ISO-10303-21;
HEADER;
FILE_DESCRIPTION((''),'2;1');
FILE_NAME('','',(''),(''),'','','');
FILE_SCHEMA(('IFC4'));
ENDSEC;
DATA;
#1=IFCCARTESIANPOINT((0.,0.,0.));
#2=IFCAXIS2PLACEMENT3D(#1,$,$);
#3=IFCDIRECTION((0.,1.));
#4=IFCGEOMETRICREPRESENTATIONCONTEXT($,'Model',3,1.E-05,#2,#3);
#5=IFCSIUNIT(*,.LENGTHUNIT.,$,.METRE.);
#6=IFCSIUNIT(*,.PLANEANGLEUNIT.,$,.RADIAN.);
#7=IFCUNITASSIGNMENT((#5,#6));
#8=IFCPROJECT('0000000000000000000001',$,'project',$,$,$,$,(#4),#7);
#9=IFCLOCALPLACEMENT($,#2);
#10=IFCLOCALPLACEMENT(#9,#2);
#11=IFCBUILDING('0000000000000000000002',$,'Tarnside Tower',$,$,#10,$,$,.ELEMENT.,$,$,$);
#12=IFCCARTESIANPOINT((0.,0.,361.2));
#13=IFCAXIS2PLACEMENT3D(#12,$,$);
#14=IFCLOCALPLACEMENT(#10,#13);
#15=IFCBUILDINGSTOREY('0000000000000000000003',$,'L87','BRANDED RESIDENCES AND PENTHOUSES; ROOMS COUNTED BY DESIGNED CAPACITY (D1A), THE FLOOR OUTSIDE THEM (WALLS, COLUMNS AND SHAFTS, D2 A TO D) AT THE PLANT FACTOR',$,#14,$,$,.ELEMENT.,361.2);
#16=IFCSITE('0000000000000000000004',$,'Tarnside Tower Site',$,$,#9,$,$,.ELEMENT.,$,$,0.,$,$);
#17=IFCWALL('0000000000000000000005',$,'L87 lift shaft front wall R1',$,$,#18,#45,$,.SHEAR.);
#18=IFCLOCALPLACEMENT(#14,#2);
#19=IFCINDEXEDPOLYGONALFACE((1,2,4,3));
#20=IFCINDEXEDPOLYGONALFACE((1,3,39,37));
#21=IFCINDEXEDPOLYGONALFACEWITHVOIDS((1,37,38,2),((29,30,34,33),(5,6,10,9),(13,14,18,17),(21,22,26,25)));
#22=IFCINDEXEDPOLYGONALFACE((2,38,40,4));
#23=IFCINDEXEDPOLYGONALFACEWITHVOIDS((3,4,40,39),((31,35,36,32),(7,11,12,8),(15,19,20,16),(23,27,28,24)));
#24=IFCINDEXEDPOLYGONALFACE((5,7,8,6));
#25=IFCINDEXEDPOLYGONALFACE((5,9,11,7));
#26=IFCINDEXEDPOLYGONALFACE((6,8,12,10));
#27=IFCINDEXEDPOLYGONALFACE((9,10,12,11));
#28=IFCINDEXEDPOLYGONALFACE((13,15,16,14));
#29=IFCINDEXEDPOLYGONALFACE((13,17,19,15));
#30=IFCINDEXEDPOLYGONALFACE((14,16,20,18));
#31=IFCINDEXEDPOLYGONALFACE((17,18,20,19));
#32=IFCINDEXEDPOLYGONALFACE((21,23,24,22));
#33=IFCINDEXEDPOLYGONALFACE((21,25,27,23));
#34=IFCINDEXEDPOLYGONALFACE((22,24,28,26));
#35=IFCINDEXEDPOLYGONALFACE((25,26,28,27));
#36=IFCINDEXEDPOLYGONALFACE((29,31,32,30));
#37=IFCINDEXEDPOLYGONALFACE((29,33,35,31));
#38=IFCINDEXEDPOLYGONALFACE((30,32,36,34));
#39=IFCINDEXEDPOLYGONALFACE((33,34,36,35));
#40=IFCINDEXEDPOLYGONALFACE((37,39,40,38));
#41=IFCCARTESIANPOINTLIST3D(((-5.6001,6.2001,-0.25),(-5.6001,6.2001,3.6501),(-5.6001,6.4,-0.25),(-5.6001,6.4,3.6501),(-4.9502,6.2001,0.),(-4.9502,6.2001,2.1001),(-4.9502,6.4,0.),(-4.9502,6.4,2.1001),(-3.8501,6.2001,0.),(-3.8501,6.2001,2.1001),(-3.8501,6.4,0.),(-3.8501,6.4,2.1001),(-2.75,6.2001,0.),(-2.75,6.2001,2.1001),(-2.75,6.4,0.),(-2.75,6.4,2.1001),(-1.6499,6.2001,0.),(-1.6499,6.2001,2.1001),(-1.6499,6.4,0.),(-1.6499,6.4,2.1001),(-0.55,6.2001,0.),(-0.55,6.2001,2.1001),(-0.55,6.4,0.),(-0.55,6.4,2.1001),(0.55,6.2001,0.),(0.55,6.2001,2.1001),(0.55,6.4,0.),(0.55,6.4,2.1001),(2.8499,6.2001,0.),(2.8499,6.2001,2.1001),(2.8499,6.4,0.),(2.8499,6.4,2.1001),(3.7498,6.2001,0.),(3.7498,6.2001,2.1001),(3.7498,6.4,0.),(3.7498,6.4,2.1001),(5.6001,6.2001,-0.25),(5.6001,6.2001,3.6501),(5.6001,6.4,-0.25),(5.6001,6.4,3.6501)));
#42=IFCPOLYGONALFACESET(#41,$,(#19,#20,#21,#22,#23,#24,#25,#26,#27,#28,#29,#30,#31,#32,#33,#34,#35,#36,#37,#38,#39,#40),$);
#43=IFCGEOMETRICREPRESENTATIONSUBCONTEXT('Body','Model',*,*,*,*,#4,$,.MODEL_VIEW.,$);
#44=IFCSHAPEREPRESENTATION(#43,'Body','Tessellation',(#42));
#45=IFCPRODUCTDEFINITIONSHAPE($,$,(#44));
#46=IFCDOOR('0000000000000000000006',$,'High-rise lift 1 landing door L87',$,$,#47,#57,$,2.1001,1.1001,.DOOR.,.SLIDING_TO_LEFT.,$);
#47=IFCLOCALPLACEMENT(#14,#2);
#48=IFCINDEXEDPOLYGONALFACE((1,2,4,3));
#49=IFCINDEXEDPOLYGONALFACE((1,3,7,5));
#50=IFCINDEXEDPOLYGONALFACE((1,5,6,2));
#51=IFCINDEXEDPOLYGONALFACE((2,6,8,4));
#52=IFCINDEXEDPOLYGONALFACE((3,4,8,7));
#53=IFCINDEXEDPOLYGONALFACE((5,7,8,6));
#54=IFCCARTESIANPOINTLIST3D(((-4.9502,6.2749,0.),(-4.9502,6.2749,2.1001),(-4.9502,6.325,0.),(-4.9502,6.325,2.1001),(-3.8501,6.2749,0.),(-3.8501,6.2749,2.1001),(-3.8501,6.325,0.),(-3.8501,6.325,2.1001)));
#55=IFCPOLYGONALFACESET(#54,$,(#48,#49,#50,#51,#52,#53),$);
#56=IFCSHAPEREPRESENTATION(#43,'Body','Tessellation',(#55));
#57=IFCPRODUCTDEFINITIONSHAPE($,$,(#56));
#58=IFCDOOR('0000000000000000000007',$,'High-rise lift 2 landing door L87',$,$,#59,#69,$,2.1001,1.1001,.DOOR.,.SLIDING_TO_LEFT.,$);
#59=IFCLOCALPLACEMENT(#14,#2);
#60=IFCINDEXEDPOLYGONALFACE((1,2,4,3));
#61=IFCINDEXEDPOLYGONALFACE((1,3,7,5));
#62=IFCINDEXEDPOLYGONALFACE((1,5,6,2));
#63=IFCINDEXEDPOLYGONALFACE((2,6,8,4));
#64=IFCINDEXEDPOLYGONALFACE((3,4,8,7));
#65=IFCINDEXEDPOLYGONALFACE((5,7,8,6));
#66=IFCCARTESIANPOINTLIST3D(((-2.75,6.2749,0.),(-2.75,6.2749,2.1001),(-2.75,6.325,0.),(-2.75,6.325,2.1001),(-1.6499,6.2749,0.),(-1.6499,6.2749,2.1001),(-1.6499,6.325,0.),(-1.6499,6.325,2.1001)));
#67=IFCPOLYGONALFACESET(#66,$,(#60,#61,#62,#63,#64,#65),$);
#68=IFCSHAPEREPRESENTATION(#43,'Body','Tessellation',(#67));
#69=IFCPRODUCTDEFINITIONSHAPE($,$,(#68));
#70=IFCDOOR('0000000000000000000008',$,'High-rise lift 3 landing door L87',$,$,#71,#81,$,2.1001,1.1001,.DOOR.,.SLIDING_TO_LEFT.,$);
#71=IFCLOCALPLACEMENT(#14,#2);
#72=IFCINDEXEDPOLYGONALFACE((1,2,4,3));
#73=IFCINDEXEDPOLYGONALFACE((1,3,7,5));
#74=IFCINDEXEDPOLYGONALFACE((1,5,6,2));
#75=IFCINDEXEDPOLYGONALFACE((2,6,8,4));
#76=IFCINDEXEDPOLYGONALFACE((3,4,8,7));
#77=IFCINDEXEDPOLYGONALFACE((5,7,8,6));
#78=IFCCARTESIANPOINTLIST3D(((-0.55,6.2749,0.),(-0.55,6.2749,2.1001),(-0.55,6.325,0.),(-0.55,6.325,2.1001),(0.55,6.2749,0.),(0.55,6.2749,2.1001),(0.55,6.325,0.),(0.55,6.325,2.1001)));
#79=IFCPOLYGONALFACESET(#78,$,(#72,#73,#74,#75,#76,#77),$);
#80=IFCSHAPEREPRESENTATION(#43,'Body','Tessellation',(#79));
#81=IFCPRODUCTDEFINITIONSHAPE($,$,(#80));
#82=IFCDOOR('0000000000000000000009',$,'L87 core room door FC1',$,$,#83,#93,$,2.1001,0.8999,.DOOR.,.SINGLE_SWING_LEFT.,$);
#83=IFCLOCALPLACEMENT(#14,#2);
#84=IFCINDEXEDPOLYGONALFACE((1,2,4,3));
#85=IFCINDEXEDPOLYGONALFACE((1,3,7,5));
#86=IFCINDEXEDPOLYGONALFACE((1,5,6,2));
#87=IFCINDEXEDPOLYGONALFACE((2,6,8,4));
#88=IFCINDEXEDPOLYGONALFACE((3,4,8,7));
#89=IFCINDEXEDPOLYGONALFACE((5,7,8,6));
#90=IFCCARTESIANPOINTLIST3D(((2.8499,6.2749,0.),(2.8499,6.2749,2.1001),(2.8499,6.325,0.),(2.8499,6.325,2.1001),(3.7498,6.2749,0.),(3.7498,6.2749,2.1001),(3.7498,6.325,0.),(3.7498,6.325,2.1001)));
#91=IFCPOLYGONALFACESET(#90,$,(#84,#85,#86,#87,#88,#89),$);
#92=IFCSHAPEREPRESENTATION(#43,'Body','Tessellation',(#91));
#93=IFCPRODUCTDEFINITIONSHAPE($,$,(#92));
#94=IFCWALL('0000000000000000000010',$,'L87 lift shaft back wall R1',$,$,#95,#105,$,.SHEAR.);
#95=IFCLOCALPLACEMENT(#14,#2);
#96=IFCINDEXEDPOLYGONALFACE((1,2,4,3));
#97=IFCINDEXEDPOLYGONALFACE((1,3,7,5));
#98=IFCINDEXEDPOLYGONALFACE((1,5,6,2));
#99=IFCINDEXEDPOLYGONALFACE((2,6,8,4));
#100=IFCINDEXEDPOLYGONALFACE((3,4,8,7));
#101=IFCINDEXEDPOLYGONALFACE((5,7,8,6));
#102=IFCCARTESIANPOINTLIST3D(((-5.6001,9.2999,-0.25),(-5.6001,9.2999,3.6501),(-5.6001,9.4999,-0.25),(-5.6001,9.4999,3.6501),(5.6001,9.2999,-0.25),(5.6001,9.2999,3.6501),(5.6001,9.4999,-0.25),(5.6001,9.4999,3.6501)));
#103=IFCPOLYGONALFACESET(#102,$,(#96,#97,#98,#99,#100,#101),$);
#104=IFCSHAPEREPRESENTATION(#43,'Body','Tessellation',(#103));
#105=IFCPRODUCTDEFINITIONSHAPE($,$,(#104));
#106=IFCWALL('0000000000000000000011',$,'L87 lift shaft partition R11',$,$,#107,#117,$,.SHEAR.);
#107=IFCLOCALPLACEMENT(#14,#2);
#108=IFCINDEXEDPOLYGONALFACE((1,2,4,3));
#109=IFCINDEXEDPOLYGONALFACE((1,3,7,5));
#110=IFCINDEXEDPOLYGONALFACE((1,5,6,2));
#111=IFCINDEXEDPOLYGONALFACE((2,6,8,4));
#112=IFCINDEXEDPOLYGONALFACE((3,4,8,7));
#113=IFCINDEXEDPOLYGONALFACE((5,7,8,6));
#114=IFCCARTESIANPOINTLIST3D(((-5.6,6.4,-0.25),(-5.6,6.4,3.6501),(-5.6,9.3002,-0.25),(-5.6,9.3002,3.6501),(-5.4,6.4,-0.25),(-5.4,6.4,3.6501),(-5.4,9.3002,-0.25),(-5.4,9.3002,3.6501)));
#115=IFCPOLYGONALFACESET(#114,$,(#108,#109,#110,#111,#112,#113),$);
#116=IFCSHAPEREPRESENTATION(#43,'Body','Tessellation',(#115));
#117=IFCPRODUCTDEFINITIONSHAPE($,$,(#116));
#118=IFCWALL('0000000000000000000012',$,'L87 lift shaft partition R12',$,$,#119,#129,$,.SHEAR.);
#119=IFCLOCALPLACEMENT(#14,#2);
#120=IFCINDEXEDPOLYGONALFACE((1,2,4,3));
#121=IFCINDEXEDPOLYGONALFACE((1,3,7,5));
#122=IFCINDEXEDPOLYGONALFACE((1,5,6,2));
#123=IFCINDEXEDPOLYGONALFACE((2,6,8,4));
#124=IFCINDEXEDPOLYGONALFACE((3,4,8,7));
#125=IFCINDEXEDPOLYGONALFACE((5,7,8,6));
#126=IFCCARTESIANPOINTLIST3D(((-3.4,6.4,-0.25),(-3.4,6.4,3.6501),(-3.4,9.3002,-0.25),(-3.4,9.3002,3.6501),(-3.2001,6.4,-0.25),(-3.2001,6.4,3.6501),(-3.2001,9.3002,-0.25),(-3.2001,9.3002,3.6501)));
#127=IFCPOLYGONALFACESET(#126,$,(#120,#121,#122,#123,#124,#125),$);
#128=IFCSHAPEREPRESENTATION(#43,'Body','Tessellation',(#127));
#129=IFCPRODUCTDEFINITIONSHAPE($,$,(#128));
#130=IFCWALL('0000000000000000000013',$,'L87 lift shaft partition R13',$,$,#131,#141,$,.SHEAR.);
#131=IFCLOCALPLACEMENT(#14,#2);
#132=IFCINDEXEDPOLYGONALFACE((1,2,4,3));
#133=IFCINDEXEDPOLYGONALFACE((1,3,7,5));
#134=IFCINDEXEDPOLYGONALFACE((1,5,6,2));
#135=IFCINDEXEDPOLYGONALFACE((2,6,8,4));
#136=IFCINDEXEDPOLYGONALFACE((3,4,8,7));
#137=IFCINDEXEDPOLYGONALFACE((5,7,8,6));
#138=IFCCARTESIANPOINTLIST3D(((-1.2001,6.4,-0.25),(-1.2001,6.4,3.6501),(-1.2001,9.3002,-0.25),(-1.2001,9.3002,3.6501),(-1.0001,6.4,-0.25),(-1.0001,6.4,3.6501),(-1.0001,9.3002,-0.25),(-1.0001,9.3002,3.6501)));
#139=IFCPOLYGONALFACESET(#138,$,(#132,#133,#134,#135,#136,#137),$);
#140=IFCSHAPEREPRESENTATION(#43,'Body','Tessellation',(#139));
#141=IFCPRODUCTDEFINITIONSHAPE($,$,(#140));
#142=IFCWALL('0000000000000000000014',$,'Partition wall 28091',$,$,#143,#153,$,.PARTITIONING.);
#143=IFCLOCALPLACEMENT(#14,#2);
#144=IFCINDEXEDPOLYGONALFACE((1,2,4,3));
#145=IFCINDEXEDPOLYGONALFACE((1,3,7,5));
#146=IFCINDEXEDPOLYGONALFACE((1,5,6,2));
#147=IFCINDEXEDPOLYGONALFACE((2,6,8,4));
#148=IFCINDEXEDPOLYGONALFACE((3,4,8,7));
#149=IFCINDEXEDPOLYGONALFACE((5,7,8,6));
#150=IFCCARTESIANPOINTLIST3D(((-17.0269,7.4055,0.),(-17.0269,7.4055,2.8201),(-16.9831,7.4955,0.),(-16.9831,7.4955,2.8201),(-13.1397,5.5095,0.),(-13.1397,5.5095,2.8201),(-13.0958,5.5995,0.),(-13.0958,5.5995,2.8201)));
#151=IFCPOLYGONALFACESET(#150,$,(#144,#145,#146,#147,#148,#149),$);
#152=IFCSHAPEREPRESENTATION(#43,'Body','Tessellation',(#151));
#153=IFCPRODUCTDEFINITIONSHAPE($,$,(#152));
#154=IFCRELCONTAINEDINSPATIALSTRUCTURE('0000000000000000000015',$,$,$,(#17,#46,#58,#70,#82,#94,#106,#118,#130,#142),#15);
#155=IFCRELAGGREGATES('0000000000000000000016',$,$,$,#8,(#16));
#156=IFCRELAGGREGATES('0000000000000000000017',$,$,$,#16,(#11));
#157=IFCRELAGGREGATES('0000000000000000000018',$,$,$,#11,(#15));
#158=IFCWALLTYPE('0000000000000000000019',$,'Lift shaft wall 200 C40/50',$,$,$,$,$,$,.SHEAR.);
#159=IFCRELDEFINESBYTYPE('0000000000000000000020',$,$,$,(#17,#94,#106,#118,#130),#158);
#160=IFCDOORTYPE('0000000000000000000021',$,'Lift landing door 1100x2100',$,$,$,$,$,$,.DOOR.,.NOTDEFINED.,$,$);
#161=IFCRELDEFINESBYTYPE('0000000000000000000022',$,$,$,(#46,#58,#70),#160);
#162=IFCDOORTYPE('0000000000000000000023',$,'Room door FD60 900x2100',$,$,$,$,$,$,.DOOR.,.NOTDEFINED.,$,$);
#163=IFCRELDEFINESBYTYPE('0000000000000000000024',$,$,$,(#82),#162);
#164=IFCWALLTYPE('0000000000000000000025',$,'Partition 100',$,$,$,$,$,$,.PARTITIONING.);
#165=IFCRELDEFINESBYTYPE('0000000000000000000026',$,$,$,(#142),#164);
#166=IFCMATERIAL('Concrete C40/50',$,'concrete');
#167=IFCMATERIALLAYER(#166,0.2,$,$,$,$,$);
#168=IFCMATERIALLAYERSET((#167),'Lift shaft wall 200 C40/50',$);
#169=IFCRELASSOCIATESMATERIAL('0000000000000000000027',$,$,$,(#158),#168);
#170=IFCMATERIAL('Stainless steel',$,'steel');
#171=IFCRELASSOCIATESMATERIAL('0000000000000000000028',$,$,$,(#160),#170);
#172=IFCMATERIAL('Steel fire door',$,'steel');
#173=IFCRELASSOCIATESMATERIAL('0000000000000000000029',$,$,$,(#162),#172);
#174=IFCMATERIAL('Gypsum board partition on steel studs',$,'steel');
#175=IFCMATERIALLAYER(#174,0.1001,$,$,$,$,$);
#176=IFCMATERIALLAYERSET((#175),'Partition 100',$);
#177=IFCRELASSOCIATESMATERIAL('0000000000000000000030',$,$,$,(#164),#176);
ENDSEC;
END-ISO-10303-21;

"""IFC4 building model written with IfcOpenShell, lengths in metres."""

from ifc_helpers import new_model, si_unit, direction, frame, frame_2d, origin, place, context, subcontext, project, spatial, rectangle, extrude, material, layer, layer_set, type_object, element, fill, save


model = new_model("IFC4")

# Units and contexts
model_context = context("Model", 3, precision=1e-05, world=origin(), true_north=direction((0.0, 1.0)))
body_context = subcontext(model_context, "Body", "Model", "MODEL_VIEW")
ifc_project = project(units=[si_unit("LENGTHUNIT", "METRE"), si_unit("PLANEANGLEUNIT", "RADIAN")], contexts=[model_context])

# Site, building, storey
site_placement = place(None, origin())
site = spatial("IfcSite", under=ifc_project, at=site_placement, Name="Tarnside Tower Site", CompositionType="ELEMENT", RefElevation=0.0)
building_placement = place(site_placement, origin())
building = spatial("IfcBuilding", under=site, at=building_placement, Name="Tarnside Tower", CompositionType="ELEMENT")
storey_placement = place(building_placement, frame((0.0, 0.0, 361.2)))
storey = spatial("IfcBuildingStorey", under=building, at=storey_placement, Name="L87", Description="BRANDED RESIDENCES AND PENTHOUSES; ROOMS COUNTED BY DESIGNED CAPACITY (D1A), THE FLOOR OUTSIDE THEM (WALLS, COLUMNS AND SHAFTS, D2 A TO D) AT THE PLANT FACTOR", CompositionType="ELEMENT", Elevation=361.2)

# Shared definitions
ifc_material_1 = material(Name="Gypsum board partition on steel studs", Category="steel")
ifc_material_2 = material(Name="Steel fire door", Category="steel")

# Wall, openings, doors
ifc_material_3 = material(Name="Concrete C40/50", Category="concrete")
ifc_layer_1 = layer(ifc_material_3, 0.2)
ifc_layer_set_1 = layer_set([ifc_layer_1], Name="Lift shaft wall 200 C40/50")
wall_type_1 = type_object("IfcWallType", Name="Lift shaft wall 200 C40/50", PredefinedType="SHEAR", material=ifc_layer_set_1)
wall_1_placement = place(storey_placement, frame((-5.6001, 6.3, -0.25), z_axis=(0.0, 0.0, 1.0), x_axis=(1.0, 0.0, 0.0)))
wall_1 = element("IfcWall", 1, at=wall_1_placement, inside=storey, type_object=wall_type_1, Name="L87 lift shaft front wall R1", PredefinedType="SHEAR", context=body_context, shape_type="SweptSolid", body=[
    extrude(rectangle(XDim=11.2002, YDim=0.2, at=frame_2d((5.6001, 0.0))), origin(), (0.0, 0.0, 1.0), 3.9001),
])
opening_1_placement = place(wall_1_placement, frame((8.45, 0.0, 0.25)))
opening_1 = element("IfcOpeningElement", 2, at=opening_1_placement, cuts=wall_1, PredefinedType="OPENING", context=body_context, shape_type="SweptSolid", body=[
    extrude(rectangle(XDim=0.8999, YDim=2.1001, at=frame_2d((0.45, 1.05))), frame((0.0, 0.1099, 0.0), z_axis=(0.0, -1.0, 0.0), x_axis=(1.0, 0.0, 0.0)), (0.0, 0.0, 1.0), 0.22),
])
opening_2_placement = place(wall_1_placement, frame((0.6499, 0.0, 0.25)))
opening_2 = element("IfcOpeningElement", 3, at=opening_2_placement, cuts=wall_1, PredefinedType="OPENING", context=body_context, shape_type="SweptSolid", body=[
    extrude(rectangle(XDim=1.1001, YDim=2.1001, at=frame_2d((0.55, 1.05))), frame((0.0, 0.1099, 0.0), z_axis=(0.0, -1.0, 0.0), x_axis=(1.0, 0.0, 0.0)), (0.0, 0.0, 1.0), 0.22),
])
opening_3_placement = place(wall_1_placement, frame((2.8501, 0.0, 0.25)))
opening_3 = element("IfcOpeningElement", 4, at=opening_3_placement, cuts=wall_1, PredefinedType="OPENING", context=body_context, shape_type="SweptSolid", body=[
    extrude(rectangle(XDim=1.1001, YDim=2.1001, at=frame_2d((0.55, 1.05))), frame((0.0, 0.1099, 0.0), z_axis=(0.0, -1.0, 0.0), x_axis=(1.0, 0.0, 0.0)), (0.0, 0.0, 1.0), 0.22),
])
opening_4_placement = place(wall_1_placement, frame((5.05, 0.0, 0.25)))
opening_4 = element("IfcOpeningElement", 5, at=opening_4_placement, cuts=wall_1, PredefinedType="OPENING", context=body_context, shape_type="SweptSolid", body=[
    extrude(rectangle(XDim=1.1001, YDim=2.1001, at=frame_2d((0.55, 1.05))), frame((0.0, 0.1099, 0.0), z_axis=(0.0, -1.0, 0.0), x_axis=(1.0, 0.0, 0.0)), (0.0, 0.0, 1.0), 0.22),
])
ifc_material_4 = material(Name="Stainless steel", Category="steel")
door_type_1 = type_object("IfcDoorType", Name="Lift landing door 1100x2100", OperationType="NOTDEFINED", PredefinedType="DOOR", material=ifc_material_4)
door_1_placement = place(opening_2_placement, origin())
door_1 = element("IfcDoor", 6, at=door_1_placement, inside=storey, type_object=door_type_1, Name="High-rise lift 1 landing door L87", OperationType="SLIDING_TO_LEFT", OverallHeight=2.1001, OverallWidth=1.1001, PredefinedType="DOOR", context=body_context, shape_type="SweptSolid", body=[
    extrude(rectangle(XDim=1.1001, YDim=2.1001, at=frame_2d((0.55, 1.05))), frame((0.0, 0.0249, 0.0), z_axis=(0.0, -1.0, 0.0), x_axis=(1.0, 0.0, 0.0)), (0.0, 0.0, 1.0), 0.05),
])
fill(opening_2, door_1)
door_2_placement = place(opening_3_placement, origin())
door_2 = element("IfcDoor", 7, at=door_2_placement, inside=storey, type_object=door_type_1, Name="High-rise lift 2 landing door L87", OperationType="SLIDING_TO_LEFT", OverallHeight=2.1001, OverallWidth=1.1001, PredefinedType="DOOR", context=body_context, shape_type="SweptSolid", body=[
    extrude(rectangle(XDim=1.1001, YDim=2.1001, at=frame_2d((0.55, 1.05))), frame((0.0, 0.0249, 0.0), z_axis=(0.0, -1.0, 0.0), x_axis=(1.0, 0.0, 0.0)), (0.0, 0.0, 1.0), 0.05),
])
fill(opening_3, door_2)
door_3_placement = place(opening_4_placement, origin())
door_3 = element("IfcDoor", 8, at=door_3_placement, inside=storey, type_object=door_type_1, Name="High-rise lift 3 landing door L87", OperationType="SLIDING_TO_LEFT", OverallHeight=2.1001, OverallWidth=1.1001, PredefinedType="DOOR", context=body_context, shape_type="SweptSolid", body=[
    extrude(rectangle(XDim=1.1001, YDim=2.1001, at=frame_2d((0.55, 1.05))), frame((0.0, 0.0249, 0.0), z_axis=(0.0, -1.0, 0.0), x_axis=(1.0, 0.0, 0.0)), (0.0, 0.0, 1.0), 0.05),
])
fill(opening_4, door_3)
door_type_2 = type_object("IfcDoorType", Name="Room door FD60 900x2100", OperationType="NOTDEFINED", PredefinedType="DOOR", material=ifc_material_2)
door_4_placement = place(opening_1_placement, origin())
door_4 = element("IfcDoor", 9, at=door_4_placement, inside=storey, type_object=door_type_2, Name="L87 core room door FC1", OperationType="SINGLE_SWING_LEFT", OverallHeight=2.1001, OverallWidth=0.8999, PredefinedType="DOOR", context=body_context, shape_type="SweptSolid", body=[
    extrude(rectangle(XDim=0.8999, YDim=2.1001, at=frame_2d((0.45, 1.05))), frame((0.0, 0.0249, 0.0), z_axis=(0.0, -1.0, 0.0), x_axis=(1.0, 0.0, 0.0)), (0.0, 0.0, 1.0), 0.05),
])
fill(opening_1, door_4)

# Walls
wall_2_placement = place(storey_placement, frame((-5.6001, 9.3999, -0.25), z_axis=(0.0, 0.0, 1.0), x_axis=(1.0, 0.0, 0.0)))
element("IfcWall", 10, at=wall_2_placement, inside=storey, type_object=wall_type_1, Name="L87 lift shaft back wall R1", PredefinedType="SHEAR", context=body_context, shape_type="SweptSolid", body=[
    extrude(rectangle(XDim=11.2002, YDim=0.2, at=frame_2d((5.6001, 0.0))), origin(), (0.0, 0.0, 1.0), 3.9001),
])
for number, where, z_axis, x_axis, name in (
    (11, (-5.5, 6.3999, -0.25), (0.0, 0.0, 1.0), (0.0, 1.0, 0.0), "L87 lift shaft partition R11"),
    (12, (-3.3, 6.3999, -0.25), (0.0, 0.0, 1.0), (0.0, 1.0, 0.0), "L87 lift shaft partition R12"),
    (13, (-1.1001, 6.3999, -0.25), (0.0, 0.0, 1.0), (0.0, 1.0, 0.0), "L87 lift shaft partition R13"),
):
    element("IfcWall", number, at=place(storey_placement, frame(where, z_axis=z_axis, x_axis=x_axis)), inside=storey, type_object=wall_type_1, Name=name, PredefinedType="SHEAR", context=body_context, shape_type="SweptSolid", body=[
        extrude(rectangle(XDim=2.9001, YDim=0.2, at=frame_2d((1.4502, 0.0))), origin(), (0.0, 0.0, 1.0), 3.9001),
    ])
ifc_layer_2 = layer(ifc_material_1, 0.1001)
ifc_layer_set_2 = layer_set([ifc_layer_2], Name="Partition 100")
wall_type_2 = type_object("IfcWallType", Name="Partition 100", PredefinedType="PARTITIONING", material=ifc_layer_set_2)
wall_3_placement = place(storey_placement, frame((-13.1177, 5.5544, 0.0), z_axis=(0.0, 0.0, 1.0), x_axis=(-0.898787, 0.438386, 0.0)))
element("IfcWall", 14, at=wall_3_placement, inside=storey, type_object=wall_type_2, Name="Partition wall 28091", PredefinedType="PARTITIONING", context=body_context, shape_type="SweptSolid", body=[
    extrude(rectangle(XDim=4.325, YDim=0.1001, at=frame_2d((2.1626, 0.0))), origin(), (0.0, 0.0, 1.0), 2.8201),
])

save(model, "model.ifc")
